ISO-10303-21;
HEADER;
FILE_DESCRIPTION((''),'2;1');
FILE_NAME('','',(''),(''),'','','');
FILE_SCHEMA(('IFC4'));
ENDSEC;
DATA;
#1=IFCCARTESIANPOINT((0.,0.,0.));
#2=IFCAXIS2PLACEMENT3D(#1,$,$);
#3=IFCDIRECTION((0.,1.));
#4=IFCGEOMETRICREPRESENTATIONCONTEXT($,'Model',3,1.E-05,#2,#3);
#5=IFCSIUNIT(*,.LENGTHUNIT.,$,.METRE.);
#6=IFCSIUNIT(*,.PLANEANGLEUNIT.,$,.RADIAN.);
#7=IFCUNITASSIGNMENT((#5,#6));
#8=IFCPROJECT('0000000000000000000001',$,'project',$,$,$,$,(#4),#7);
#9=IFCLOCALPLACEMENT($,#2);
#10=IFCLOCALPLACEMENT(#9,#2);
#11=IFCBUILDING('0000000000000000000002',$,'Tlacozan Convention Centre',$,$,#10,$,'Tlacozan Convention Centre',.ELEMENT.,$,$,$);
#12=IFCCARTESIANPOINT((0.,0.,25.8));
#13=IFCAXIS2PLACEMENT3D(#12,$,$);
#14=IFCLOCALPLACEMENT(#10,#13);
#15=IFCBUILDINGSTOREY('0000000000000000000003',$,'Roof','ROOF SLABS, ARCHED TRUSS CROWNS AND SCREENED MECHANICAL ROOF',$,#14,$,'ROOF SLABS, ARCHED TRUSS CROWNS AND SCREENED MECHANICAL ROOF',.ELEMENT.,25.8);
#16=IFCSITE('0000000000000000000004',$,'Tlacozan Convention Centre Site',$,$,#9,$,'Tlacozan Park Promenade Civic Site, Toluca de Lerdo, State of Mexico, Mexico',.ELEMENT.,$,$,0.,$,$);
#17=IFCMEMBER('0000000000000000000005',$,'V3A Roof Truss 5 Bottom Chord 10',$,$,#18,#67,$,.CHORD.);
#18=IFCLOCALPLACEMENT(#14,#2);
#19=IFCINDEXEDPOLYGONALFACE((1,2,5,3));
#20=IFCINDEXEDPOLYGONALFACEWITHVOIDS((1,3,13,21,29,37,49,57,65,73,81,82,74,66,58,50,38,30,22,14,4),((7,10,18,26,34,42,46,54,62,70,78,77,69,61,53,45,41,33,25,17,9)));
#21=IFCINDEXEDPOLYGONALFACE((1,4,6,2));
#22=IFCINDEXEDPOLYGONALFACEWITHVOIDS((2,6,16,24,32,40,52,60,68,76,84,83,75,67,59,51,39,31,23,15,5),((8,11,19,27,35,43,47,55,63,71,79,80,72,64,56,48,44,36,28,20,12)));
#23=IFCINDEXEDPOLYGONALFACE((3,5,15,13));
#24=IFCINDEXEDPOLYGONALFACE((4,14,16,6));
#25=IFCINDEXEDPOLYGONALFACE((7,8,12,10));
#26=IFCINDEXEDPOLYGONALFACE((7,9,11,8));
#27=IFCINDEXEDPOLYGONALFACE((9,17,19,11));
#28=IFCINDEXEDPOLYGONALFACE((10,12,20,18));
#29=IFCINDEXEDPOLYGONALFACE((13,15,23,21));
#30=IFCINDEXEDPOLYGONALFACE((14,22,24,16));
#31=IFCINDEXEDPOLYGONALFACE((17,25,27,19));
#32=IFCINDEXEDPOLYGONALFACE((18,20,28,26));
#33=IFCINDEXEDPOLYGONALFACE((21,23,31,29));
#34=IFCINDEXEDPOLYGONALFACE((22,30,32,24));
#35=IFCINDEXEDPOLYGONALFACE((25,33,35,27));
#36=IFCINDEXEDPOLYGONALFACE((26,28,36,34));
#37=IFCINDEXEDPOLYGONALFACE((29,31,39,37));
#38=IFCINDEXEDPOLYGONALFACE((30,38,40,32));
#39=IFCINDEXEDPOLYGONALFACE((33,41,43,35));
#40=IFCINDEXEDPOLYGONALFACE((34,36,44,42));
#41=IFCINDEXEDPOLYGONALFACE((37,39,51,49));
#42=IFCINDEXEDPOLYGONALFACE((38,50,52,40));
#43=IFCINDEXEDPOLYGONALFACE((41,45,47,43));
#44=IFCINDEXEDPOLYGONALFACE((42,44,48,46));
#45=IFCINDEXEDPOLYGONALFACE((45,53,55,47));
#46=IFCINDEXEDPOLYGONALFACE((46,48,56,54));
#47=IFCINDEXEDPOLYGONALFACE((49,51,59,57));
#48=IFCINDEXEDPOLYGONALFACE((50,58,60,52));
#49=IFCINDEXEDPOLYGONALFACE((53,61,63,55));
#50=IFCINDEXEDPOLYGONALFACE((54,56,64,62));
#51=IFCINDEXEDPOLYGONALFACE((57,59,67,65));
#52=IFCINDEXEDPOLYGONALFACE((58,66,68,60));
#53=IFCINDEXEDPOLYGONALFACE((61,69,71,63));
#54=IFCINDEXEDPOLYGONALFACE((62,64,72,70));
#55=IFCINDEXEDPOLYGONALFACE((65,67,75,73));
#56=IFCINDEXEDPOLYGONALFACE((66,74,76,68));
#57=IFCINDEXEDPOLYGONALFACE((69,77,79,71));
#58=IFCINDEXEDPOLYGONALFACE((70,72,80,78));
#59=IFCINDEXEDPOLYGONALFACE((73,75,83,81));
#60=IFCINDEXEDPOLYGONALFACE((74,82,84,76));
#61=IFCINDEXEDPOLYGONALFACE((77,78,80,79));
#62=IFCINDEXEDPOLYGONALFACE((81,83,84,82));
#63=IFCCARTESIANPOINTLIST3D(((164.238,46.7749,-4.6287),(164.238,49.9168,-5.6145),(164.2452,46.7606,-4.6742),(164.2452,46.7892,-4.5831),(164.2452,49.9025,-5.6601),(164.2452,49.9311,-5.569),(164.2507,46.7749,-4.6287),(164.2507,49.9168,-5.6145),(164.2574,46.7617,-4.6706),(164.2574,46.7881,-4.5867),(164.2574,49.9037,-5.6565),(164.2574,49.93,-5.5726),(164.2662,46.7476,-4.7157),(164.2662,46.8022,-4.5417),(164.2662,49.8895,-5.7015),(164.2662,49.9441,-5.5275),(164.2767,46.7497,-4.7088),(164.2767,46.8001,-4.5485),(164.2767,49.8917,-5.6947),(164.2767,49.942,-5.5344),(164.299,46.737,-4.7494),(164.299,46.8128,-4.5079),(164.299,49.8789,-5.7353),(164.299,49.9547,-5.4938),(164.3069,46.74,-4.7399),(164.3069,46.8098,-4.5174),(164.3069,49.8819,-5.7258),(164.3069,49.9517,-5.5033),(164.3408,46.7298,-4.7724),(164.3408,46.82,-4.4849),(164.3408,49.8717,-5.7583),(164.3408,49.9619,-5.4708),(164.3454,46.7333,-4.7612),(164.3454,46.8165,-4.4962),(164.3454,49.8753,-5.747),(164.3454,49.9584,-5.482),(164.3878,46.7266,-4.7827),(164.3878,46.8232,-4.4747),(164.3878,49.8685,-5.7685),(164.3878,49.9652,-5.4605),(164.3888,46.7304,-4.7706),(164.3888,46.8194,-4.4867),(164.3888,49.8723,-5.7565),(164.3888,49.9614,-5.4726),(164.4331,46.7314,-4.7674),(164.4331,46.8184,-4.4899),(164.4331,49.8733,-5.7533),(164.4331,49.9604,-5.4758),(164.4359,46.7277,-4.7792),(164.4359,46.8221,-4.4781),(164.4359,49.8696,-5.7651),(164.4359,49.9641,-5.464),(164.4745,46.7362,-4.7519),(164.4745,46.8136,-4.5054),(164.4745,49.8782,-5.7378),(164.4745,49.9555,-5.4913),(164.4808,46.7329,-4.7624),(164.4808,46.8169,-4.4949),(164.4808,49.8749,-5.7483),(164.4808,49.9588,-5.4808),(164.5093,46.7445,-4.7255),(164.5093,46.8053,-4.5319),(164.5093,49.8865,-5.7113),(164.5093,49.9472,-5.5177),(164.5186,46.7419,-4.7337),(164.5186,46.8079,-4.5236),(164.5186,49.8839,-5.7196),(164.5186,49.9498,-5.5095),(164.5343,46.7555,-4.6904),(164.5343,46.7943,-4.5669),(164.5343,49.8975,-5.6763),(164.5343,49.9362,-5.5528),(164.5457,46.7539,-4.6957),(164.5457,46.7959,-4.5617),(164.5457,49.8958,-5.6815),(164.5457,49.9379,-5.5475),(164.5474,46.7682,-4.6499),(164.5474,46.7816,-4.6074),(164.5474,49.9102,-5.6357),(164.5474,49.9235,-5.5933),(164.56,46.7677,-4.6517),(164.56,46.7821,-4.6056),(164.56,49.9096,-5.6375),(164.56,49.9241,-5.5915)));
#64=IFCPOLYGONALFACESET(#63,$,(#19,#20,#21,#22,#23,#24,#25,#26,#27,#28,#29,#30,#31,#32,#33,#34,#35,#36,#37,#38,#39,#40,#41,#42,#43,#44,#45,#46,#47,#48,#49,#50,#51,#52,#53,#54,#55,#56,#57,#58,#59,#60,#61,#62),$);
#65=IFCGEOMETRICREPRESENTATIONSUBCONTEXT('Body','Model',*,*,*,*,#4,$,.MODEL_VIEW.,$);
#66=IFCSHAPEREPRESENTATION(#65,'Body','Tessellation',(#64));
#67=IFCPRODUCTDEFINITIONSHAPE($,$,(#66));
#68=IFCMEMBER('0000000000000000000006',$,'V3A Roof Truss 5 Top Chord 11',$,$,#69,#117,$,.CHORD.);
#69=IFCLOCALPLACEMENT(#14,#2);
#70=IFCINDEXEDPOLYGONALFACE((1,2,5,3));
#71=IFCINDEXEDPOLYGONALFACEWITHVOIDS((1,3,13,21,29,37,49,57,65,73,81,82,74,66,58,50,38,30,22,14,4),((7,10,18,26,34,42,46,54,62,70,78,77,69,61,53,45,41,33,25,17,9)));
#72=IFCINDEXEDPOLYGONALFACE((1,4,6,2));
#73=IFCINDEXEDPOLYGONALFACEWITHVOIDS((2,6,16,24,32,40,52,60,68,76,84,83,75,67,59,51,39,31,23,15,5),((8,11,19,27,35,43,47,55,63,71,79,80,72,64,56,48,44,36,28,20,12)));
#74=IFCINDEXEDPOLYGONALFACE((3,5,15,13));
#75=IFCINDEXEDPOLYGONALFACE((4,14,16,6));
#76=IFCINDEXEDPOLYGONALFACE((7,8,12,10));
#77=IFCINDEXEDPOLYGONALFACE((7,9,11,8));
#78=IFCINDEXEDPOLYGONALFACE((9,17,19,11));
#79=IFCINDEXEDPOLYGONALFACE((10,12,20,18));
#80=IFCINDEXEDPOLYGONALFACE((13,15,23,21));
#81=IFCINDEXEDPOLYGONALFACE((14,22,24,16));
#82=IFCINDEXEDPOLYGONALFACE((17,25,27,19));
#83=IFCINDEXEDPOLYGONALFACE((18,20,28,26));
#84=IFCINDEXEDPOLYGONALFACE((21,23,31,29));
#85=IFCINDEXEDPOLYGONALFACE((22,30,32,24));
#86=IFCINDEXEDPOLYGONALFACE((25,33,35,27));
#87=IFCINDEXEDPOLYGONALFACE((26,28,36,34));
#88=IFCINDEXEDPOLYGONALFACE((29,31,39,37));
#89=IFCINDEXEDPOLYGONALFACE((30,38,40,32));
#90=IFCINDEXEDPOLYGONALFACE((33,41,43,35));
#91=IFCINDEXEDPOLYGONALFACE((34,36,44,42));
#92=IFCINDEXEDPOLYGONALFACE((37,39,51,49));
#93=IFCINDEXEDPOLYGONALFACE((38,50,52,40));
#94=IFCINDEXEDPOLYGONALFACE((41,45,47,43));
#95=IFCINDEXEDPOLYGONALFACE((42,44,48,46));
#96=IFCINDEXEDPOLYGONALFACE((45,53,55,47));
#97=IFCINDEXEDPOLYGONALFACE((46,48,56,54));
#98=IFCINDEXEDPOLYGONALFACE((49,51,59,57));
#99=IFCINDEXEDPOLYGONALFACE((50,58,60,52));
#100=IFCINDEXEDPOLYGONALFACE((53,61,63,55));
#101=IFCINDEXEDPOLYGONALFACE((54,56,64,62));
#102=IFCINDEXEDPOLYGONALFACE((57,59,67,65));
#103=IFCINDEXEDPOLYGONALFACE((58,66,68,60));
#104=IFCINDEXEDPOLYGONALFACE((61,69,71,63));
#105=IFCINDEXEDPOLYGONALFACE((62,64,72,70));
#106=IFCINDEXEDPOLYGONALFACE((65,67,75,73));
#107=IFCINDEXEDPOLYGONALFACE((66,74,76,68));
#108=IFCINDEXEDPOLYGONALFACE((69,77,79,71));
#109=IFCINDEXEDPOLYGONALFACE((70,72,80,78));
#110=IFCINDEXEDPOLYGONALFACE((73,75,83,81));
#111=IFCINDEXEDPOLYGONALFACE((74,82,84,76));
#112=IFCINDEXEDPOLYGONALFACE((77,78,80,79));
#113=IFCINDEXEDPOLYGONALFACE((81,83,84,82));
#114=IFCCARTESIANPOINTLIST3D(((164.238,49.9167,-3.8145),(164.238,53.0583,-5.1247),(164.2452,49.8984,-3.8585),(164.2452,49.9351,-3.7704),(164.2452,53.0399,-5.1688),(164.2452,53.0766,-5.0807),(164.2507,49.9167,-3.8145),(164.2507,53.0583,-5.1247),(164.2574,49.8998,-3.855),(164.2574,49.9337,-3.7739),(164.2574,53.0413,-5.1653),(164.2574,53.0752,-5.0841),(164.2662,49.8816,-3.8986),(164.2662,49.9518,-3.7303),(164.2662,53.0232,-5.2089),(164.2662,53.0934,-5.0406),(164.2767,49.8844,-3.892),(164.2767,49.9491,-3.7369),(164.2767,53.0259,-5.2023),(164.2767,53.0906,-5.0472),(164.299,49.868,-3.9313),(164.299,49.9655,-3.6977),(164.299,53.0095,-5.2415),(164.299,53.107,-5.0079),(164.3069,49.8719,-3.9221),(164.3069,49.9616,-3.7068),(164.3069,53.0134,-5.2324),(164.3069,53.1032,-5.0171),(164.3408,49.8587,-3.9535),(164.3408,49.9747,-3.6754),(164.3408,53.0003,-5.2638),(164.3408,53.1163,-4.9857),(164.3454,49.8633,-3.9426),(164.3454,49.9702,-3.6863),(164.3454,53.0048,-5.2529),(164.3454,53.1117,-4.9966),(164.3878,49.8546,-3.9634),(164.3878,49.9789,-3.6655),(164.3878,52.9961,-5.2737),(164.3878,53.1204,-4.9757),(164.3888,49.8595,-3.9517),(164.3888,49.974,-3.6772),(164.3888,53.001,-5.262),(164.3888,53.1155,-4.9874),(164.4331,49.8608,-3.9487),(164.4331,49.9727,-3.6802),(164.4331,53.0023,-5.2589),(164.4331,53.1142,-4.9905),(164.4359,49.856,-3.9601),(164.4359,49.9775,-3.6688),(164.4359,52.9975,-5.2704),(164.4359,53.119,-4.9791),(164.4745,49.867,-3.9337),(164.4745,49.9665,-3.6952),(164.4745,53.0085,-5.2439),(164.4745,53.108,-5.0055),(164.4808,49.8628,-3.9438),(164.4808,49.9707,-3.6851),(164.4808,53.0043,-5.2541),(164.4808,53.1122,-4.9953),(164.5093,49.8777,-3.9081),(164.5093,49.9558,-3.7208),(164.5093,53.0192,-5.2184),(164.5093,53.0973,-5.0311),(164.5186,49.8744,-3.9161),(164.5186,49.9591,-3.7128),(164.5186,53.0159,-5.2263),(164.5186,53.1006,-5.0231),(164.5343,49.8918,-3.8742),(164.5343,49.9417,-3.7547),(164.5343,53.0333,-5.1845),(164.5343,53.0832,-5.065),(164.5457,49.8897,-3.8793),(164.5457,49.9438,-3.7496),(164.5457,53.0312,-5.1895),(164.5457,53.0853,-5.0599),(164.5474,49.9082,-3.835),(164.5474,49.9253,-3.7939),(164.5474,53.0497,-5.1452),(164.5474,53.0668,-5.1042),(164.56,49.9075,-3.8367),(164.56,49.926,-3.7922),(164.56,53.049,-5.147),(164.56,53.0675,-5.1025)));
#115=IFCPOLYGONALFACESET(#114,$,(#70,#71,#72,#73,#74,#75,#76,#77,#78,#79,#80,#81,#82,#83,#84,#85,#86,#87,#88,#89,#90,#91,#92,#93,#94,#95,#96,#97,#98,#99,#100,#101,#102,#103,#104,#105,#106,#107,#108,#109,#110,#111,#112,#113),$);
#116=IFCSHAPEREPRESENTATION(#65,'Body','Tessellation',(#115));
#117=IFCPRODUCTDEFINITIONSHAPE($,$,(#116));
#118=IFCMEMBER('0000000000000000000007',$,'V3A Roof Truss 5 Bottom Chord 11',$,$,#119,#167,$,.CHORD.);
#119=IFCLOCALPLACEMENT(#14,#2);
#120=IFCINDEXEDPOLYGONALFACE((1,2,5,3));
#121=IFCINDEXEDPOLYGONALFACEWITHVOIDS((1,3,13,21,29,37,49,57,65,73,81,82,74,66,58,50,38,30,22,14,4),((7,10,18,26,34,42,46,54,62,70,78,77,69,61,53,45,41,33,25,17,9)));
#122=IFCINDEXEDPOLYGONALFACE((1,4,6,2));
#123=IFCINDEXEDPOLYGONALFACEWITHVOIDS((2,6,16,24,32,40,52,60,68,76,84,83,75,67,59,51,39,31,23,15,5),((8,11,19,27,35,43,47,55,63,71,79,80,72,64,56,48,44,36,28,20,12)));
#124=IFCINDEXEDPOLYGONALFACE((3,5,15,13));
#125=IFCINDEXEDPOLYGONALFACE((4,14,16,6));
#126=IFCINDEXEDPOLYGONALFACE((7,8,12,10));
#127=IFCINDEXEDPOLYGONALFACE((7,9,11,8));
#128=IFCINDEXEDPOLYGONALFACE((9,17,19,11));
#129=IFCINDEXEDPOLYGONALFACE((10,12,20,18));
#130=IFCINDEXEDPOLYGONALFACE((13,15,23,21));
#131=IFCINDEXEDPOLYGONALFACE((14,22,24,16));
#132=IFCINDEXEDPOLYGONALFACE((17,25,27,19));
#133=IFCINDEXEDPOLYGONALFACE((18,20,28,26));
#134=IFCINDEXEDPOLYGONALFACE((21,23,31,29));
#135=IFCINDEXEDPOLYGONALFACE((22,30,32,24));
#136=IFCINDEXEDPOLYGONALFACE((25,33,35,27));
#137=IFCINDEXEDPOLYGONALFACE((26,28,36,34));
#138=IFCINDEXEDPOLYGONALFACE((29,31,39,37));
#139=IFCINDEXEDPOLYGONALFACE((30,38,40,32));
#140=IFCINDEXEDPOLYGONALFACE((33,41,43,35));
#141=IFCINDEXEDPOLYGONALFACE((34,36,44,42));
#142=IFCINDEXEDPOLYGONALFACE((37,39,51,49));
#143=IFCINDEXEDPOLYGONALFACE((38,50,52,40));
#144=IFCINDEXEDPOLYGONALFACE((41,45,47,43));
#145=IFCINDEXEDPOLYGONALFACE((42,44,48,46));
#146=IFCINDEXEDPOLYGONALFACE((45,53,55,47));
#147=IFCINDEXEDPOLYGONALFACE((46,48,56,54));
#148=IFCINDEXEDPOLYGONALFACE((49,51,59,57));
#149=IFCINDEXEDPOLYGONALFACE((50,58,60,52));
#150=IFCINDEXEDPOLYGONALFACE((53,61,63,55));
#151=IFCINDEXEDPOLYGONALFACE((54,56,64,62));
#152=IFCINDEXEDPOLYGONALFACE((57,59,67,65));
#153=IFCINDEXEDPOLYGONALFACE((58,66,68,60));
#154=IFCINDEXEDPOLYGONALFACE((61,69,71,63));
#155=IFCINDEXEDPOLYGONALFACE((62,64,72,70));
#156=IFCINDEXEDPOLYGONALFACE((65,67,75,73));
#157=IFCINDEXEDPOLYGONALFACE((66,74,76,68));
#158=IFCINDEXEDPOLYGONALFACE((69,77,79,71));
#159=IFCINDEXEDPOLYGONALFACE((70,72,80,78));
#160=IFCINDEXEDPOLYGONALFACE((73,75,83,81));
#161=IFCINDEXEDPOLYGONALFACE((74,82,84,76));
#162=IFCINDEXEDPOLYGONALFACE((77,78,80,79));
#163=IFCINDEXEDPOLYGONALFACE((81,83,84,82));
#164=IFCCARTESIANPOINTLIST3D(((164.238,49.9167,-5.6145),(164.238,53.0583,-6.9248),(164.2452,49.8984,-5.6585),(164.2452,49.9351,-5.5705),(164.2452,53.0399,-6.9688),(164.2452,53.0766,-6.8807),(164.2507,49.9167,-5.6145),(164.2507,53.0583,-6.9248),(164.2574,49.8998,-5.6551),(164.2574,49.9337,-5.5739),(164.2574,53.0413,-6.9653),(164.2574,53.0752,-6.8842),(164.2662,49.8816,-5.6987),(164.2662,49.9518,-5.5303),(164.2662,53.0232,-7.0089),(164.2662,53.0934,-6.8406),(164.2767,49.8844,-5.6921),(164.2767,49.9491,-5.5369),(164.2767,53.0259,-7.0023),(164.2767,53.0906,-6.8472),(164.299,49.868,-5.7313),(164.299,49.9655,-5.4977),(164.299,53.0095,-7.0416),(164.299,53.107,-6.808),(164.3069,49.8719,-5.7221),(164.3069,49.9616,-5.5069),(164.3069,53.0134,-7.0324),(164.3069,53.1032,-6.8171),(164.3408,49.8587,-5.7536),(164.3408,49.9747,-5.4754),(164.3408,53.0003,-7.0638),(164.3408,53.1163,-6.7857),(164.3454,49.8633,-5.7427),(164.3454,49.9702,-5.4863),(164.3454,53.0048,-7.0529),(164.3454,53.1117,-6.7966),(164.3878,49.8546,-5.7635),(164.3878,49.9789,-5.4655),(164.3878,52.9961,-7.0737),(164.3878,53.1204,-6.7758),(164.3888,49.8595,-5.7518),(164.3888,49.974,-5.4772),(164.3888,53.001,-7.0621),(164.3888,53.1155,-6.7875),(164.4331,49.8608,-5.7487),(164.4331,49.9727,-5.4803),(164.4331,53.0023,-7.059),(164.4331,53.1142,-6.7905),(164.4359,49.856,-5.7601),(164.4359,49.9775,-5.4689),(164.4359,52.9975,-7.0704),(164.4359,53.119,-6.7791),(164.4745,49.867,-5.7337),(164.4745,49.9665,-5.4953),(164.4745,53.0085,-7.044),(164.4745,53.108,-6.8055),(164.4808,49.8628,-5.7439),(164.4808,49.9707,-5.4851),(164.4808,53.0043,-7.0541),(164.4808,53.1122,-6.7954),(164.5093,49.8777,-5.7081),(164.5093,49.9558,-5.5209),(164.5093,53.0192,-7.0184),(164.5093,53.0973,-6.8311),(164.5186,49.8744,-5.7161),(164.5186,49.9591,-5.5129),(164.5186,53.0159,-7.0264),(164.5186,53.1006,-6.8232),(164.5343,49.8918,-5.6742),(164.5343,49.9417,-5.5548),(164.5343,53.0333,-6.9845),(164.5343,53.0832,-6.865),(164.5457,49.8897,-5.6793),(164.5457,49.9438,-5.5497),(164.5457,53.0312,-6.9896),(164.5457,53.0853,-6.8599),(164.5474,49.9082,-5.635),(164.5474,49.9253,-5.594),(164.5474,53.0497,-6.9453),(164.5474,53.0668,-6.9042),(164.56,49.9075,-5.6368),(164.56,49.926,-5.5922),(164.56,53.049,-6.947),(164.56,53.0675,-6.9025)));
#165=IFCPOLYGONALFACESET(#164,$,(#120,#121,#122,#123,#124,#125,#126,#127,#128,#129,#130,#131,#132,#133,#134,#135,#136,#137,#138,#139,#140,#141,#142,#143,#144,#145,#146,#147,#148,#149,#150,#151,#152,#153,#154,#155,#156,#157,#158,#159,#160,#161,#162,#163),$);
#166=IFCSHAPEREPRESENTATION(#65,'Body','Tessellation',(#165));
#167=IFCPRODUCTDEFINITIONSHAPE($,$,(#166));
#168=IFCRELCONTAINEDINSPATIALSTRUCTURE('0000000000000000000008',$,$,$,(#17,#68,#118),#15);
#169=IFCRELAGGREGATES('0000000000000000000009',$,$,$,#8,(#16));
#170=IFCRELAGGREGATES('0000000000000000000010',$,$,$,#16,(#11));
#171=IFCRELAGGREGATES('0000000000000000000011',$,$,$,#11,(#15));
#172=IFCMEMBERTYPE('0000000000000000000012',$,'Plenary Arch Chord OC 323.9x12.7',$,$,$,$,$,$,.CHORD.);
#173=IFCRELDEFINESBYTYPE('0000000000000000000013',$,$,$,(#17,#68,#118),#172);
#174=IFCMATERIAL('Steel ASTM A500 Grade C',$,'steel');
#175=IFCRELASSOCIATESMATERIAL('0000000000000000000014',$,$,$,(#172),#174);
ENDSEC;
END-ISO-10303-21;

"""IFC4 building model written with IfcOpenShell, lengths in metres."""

from ifc_helpers import new_model, si_unit, direction, frame, origin, origin_2d, place, context, subcontext, project, spatial, hollow_circle, extrude, material, material_profile, profile_set, type_object, element, save


model = new_model("IFC4")

# Units and contexts
model_context = context("Model", 3, precision=1e-05, world=origin(), true_north=direction((0.0, 1.0)))
body_context = subcontext(model_context, "Body", "Model", "MODEL_VIEW")
ifc_project = project(units=[si_unit("LENGTHUNIT", "METRE"), si_unit("PLANEANGLEUNIT", "RADIAN")], contexts=[model_context])

# Site, building, storey
site_placement = place(None, origin())
site = spatial("IfcSite", under=ifc_project, at=site_placement, Name="Tlacozan Convention Centre Site", LongName="Tlacozan Park Promenade Civic Site, Toluca de Lerdo, State of Mexico, Mexico", CompositionType="ELEMENT", RefElevation=0.0)
building_placement = place(site_placement, origin())
building = spatial("IfcBuilding", under=site, at=building_placement, Name="Tlacozan Convention Centre", LongName="Tlacozan Convention Centre", CompositionType="ELEMENT")
storey_placement = place(building_placement, frame((0.0, 0.0, 25.8)))
storey = spatial("IfcBuildingStorey", under=building, at=storey_placement, Name="Roof", Description="ROOF SLABS, ARCHED TRUSS CROWNS AND SCREENED MECHANICAL ROOF", LongName="ROOF SLABS, ARCHED TRUSS CROWNS AND SCREENED MECHANICAL ROOF", CompositionType="ELEMENT", Elevation=25.8)

# Members
ifc_material_1 = material(Name="Steel ASTM A500 Grade C", Category="steel")
ifc_material_profile_1 = material_profile(ifc_material_1, hollow_circle(Radius=0.1619, WallThickness=0.0127, at=origin_2d()), Name="OC 323.9x12.7")
ifc_profile_set_1 = profile_set([ifc_material_profile_1], Name="Steel ASTM A500 Grade C")
member_type_1 = type_object("IfcMemberType", Name="Plenary Arch Chord OC 323.9x12.7", PredefinedType="CHORD", material=ifc_profile_set_1)
for number, where, z_axis, x_axis, name in (
    (1, (164.3999, 46.7749, -4.6287), (0.0, 0.954132, -0.299385), (-1.0, 0.0, 0.0), "V3A Roof Truss 5 Bottom Chord 10"),
):
    element("IfcMember", number, at=place(storey_placement, frame(where, z_axis=z_axis, x_axis=x_axis)), inside=storey, type_object=member_type_1, Name=name, PredefinedType="CHORD", context=body_context, shape_type="SweptSolid", body=[
        extrude(hollow_circle(Radius=0.1619, WallThickness=0.0127, at=origin_2d()), origin(), (0.0, 0.0, 1.0), 3.293),
    ])
for number, where, z_axis, x_axis, name in (
    (2, (164.3999, 49.9167, -3.8145), (0.0, 0.922941, -0.384941), (-1.0, 0.0, 0.0), "V3A Roof Truss 5 Top Chord 11"),
    (3, (164.3999, 49.9167, -5.6145), (0.0, 0.922941, -0.384941), (-1.0, 0.0, 0.0), "V3A Roof Truss 5 Bottom Chord 11"),
):
    element("IfcMember", number, at=place(storey_placement, frame(where, z_axis=z_axis, x_axis=x_axis)), inside=storey, type_object=member_type_1, Name=name, PredefinedType="CHORD", context=body_context, shape_type="SweptSolid", body=[
        extrude(hollow_circle(Radius=0.1619, WallThickness=0.0127, at=origin_2d()), origin(), (0.0, 0.0, 1.0), 3.4038),
    ])

save(model, "model.ifc")
